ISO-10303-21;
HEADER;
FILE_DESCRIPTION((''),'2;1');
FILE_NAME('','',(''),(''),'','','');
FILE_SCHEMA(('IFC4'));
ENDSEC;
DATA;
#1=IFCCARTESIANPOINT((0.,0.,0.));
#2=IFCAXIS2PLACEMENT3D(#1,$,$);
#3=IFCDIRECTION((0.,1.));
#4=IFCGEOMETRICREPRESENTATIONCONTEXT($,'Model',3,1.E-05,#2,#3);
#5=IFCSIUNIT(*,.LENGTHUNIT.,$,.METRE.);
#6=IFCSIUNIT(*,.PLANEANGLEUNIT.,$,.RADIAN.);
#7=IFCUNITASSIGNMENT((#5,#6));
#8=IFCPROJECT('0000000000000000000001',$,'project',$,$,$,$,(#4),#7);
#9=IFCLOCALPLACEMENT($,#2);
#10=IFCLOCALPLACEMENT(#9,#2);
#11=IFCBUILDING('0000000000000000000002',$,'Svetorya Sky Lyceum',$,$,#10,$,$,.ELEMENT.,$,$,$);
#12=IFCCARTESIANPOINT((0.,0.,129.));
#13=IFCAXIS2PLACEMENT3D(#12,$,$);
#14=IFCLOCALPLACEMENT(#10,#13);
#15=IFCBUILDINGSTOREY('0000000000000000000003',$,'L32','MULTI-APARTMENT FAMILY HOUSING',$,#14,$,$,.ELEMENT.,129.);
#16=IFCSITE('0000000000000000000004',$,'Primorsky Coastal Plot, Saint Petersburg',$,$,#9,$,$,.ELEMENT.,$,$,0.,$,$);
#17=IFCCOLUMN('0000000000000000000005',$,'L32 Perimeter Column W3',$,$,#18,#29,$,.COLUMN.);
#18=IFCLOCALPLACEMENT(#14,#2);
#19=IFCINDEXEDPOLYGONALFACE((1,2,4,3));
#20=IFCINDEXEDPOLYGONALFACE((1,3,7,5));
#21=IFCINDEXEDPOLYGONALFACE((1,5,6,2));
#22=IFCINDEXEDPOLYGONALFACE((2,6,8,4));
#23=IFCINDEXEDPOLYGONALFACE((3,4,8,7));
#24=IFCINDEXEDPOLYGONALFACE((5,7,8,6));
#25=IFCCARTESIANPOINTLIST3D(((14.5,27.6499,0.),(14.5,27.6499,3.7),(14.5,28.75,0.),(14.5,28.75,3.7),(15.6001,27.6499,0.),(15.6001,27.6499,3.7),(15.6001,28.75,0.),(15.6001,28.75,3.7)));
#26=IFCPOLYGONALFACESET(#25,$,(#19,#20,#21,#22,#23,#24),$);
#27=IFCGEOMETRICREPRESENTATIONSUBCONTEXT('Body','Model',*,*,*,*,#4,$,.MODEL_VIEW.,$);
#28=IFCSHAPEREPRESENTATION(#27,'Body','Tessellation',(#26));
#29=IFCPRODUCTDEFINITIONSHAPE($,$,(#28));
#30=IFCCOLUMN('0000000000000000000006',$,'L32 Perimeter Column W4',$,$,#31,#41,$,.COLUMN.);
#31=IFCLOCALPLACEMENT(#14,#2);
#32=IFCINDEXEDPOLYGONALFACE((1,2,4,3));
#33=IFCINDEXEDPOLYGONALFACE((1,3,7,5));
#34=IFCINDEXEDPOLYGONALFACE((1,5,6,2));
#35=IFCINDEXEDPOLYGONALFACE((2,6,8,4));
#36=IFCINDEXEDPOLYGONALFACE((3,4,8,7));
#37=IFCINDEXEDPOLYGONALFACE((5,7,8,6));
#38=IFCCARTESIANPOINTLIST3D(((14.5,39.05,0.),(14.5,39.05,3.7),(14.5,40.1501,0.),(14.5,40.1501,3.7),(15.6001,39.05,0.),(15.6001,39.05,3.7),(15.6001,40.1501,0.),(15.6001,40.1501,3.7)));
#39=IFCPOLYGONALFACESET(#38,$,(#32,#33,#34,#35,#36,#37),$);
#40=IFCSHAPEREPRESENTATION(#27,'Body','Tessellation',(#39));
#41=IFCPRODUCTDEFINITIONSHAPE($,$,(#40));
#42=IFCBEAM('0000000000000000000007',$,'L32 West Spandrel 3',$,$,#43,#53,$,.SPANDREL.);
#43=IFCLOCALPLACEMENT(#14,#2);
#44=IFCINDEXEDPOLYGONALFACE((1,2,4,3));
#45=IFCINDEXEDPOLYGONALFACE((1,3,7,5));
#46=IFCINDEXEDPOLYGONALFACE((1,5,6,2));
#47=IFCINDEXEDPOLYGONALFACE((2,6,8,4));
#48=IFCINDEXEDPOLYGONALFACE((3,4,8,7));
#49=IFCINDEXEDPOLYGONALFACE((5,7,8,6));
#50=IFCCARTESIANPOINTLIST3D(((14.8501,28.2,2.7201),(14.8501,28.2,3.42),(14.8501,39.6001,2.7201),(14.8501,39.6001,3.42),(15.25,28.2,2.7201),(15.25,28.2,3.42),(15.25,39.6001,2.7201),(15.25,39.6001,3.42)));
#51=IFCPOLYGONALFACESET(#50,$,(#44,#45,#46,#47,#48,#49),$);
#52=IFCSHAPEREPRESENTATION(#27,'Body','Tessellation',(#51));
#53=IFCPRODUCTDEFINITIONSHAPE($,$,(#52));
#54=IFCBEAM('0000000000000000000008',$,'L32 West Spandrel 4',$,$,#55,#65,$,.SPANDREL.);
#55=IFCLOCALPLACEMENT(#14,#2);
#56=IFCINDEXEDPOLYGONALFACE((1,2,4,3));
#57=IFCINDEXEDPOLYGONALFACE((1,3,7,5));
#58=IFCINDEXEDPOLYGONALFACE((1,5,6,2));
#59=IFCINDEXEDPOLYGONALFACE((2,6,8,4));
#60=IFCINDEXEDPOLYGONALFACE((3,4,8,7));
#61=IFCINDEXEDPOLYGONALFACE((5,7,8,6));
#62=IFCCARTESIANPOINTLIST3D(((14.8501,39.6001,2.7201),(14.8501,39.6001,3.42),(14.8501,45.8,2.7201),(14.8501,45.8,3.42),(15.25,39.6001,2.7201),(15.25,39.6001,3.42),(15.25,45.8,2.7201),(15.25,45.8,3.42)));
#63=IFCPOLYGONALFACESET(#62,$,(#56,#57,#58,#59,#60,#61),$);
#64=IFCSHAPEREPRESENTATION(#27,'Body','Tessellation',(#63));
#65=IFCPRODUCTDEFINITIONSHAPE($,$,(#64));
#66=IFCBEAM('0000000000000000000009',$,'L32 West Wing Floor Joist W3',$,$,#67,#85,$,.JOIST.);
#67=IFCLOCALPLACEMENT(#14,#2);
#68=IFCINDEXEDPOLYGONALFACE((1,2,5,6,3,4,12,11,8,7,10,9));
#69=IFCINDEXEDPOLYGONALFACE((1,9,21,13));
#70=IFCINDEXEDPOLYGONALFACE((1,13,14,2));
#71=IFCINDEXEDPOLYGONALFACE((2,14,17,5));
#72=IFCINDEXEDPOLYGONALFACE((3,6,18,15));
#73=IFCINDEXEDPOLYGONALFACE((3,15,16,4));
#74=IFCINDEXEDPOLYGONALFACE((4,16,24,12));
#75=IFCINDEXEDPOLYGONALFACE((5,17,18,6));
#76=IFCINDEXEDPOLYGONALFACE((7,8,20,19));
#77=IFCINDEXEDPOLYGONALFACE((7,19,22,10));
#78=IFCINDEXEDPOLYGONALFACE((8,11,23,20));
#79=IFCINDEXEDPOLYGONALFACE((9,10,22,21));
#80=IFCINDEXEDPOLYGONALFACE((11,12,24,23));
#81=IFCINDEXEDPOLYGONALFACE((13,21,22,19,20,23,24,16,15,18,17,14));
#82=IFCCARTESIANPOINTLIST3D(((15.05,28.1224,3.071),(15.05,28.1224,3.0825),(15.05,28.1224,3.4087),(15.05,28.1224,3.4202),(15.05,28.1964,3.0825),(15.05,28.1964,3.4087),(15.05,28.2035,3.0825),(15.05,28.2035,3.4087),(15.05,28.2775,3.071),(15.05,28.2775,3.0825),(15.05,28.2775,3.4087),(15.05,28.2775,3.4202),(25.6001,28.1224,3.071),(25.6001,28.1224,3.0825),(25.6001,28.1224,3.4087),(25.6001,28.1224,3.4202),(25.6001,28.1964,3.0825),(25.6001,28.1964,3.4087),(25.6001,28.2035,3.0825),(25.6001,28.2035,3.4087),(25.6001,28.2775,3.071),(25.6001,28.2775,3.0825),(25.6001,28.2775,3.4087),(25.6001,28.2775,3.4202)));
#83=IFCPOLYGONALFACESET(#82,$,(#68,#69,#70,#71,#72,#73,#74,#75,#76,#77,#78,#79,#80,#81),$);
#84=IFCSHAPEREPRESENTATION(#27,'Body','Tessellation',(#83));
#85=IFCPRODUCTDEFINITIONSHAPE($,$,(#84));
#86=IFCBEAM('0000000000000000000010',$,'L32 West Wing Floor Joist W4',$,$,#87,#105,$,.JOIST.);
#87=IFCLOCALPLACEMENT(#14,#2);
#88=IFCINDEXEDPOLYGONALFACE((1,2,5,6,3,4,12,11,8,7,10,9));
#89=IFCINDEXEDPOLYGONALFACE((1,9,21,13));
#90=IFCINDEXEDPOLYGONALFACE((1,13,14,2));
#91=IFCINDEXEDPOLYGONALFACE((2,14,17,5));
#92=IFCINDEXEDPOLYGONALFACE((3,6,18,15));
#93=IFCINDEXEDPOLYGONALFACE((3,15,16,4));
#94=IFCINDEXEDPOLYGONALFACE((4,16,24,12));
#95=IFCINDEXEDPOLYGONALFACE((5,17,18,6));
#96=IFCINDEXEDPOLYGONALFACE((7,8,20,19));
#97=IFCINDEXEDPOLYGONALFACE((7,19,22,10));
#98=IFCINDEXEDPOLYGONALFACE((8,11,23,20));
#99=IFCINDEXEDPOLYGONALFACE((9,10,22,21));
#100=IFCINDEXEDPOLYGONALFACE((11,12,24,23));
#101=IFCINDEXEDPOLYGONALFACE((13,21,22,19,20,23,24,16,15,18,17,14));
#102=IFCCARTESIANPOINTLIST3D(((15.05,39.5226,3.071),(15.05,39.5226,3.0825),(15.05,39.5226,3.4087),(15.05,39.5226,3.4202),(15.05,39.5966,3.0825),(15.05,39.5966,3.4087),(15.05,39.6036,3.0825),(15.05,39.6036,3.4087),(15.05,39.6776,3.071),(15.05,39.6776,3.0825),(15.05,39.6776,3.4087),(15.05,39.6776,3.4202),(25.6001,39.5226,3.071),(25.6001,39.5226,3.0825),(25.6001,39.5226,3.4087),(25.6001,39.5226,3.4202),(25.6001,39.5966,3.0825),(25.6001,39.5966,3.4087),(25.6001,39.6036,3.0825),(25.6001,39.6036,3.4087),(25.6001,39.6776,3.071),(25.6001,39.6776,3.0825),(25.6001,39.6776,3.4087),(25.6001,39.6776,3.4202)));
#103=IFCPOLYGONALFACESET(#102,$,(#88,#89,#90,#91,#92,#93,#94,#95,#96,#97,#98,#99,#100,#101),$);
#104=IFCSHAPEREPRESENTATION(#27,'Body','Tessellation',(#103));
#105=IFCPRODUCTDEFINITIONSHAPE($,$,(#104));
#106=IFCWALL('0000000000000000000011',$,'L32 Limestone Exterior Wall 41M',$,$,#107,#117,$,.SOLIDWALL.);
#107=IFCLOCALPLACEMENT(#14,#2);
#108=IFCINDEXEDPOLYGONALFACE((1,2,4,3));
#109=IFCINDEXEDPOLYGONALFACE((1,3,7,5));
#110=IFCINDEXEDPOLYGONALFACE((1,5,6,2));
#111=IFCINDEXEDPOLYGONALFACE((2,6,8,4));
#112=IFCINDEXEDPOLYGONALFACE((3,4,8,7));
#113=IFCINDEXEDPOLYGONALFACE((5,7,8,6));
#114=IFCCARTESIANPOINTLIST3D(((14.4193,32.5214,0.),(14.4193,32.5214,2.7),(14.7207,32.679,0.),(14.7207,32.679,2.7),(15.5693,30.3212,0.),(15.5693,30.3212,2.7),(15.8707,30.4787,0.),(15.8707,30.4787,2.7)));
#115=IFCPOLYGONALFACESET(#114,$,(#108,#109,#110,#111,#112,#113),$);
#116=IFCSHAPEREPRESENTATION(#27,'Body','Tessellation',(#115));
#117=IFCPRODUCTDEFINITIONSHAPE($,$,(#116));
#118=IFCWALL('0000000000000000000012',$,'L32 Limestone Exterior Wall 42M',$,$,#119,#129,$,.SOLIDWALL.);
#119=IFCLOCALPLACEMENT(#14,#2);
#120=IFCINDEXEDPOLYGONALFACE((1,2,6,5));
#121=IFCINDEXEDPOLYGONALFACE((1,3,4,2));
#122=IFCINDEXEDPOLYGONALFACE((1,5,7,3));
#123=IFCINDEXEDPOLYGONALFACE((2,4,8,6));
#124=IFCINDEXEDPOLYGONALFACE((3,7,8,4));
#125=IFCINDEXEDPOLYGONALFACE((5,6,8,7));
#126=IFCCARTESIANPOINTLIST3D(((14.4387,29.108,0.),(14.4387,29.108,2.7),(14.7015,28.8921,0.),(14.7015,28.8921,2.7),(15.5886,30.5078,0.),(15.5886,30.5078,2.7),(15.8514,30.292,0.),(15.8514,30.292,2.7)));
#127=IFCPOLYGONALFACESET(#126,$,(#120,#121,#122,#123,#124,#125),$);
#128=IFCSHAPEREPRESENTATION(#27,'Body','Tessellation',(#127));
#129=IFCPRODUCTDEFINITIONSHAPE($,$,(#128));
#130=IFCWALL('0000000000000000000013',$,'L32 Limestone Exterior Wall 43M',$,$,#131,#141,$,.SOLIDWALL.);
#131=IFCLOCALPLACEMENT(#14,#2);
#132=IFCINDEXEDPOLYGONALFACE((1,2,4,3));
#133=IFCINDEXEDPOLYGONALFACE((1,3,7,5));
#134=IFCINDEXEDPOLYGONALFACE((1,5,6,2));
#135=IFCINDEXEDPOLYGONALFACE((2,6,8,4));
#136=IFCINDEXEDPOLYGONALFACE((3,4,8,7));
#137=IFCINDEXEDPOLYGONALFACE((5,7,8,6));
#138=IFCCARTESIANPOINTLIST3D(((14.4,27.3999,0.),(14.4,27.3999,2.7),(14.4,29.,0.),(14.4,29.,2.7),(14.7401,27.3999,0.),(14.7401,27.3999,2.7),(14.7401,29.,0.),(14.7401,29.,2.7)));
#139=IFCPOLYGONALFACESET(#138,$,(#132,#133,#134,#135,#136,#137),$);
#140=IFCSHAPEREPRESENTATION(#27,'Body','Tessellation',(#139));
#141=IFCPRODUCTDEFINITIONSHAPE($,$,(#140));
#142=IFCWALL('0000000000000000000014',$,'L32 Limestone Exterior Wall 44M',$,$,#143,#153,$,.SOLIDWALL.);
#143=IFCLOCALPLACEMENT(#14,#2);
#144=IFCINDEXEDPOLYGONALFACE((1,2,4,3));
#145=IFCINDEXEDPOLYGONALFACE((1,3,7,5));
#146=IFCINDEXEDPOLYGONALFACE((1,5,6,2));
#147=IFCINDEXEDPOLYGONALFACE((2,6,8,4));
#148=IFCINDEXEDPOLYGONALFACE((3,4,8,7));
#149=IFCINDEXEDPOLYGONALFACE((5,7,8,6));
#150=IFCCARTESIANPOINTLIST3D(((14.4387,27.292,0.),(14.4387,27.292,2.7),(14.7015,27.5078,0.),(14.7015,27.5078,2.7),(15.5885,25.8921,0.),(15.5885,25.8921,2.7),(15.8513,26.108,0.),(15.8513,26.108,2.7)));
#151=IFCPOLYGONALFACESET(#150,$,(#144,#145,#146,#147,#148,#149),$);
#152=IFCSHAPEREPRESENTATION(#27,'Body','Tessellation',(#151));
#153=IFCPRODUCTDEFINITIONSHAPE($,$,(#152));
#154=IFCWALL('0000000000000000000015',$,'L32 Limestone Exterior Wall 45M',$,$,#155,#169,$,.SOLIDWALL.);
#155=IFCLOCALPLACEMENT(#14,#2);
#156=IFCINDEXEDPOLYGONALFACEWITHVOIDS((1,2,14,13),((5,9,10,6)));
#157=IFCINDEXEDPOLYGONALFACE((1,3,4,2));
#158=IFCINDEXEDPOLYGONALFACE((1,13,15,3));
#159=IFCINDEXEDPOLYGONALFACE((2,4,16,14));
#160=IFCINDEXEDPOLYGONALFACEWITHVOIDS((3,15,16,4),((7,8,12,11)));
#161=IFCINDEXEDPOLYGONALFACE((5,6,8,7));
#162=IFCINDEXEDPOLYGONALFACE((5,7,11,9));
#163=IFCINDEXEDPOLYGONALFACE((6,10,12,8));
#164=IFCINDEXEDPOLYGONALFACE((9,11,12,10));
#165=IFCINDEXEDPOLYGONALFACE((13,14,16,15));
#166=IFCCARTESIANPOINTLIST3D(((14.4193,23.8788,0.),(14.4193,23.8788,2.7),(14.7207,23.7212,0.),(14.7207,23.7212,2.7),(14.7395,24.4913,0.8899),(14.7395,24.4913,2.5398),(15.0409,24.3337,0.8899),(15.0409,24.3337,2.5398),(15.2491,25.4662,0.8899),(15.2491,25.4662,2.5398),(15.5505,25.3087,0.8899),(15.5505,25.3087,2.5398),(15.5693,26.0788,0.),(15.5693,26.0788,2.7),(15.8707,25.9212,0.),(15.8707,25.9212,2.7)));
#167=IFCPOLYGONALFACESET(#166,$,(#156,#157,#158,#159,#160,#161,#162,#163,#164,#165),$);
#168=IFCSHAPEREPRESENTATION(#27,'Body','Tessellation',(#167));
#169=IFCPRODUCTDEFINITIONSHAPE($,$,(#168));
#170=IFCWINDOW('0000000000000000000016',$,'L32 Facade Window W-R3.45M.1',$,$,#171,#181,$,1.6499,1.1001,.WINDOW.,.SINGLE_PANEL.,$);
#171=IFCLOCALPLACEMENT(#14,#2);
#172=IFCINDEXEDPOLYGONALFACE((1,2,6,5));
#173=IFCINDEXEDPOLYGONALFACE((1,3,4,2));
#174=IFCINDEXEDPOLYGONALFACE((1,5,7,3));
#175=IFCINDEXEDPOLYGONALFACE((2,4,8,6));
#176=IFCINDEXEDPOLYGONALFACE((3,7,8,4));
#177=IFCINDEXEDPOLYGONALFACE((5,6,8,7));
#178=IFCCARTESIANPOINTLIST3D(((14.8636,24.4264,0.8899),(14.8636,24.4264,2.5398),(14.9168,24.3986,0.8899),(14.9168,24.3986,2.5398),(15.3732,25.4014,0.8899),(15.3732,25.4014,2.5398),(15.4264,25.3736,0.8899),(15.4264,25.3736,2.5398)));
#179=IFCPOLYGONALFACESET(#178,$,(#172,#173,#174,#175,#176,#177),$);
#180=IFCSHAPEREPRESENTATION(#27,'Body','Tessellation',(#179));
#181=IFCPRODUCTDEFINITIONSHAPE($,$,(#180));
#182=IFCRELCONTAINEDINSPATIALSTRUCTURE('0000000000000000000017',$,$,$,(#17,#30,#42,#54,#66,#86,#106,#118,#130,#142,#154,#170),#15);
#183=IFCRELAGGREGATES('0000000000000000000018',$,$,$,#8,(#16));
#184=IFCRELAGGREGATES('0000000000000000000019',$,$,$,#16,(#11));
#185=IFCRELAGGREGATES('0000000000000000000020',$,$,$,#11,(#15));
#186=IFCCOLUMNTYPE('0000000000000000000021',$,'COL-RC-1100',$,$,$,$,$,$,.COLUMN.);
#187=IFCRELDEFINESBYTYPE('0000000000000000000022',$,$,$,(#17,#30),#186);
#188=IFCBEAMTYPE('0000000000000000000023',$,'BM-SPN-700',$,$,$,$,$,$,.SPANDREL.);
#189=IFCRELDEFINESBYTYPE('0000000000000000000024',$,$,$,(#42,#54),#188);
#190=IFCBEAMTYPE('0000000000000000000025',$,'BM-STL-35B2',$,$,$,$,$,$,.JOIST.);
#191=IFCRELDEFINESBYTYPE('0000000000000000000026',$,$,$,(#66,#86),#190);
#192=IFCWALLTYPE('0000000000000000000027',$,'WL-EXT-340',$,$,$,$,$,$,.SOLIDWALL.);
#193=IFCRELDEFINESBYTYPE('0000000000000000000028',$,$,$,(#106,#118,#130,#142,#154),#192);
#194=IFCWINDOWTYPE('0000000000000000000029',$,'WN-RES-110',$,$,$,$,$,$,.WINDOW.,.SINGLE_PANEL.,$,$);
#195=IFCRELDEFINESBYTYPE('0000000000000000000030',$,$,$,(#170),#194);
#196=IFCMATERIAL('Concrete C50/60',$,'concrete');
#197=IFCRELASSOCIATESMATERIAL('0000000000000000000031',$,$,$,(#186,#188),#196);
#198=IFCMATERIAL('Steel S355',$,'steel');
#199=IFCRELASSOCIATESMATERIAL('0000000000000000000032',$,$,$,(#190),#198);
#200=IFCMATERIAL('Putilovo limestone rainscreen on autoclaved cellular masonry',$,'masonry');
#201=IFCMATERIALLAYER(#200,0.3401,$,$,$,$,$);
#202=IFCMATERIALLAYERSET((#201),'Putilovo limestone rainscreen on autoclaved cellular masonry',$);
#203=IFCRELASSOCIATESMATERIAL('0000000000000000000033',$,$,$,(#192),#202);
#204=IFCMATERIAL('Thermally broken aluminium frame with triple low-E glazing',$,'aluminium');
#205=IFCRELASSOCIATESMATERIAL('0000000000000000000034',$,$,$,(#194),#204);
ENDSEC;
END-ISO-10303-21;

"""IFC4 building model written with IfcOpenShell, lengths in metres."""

from ifc_helpers import new_model, si_unit, direction, frame, frame_2d, origin, origin_2d, place, context, subcontext, project, spatial, rectangle, i_section, extrude, material, layer, layer_set, material_profile, profile_set, type_object, element, fill, save


model = new_model("IFC4")

# Units and contexts
model_context = context("Model", 3, precision=1e-05, world=origin(), true_north=direction((0.0, 1.0)))
body_context = subcontext(model_context, "Body", "Model", "MODEL_VIEW")
ifc_project = project(units=[si_unit("LENGTHUNIT", "METRE"), si_unit("PLANEANGLEUNIT", "RADIAN")], contexts=[model_context])

# Site, building, storey
site_placement = place(None, origin())
site = spatial("IfcSite", under=ifc_project, at=site_placement, Name="Primorsky Coastal Plot, Saint Petersburg", CompositionType="ELEMENT", RefElevation=0.0)
building_placement = place(site_placement, origin())
building = spatial("IfcBuilding", under=site, at=building_placement, Name="Svetorya Sky Lyceum", CompositionType="ELEMENT")
storey_placement = place(building_placement, frame((0.0, 0.0, 129.0)))
storey = spatial("IfcBuildingStorey", under=building, at=storey_placement, Name="L32", Description="MULTI-APARTMENT FAMILY HOUSING", CompositionType="ELEMENT", Elevation=129.0)

# Columns
ifc_material_1 = material(Name="Concrete C50/60", Category="concrete")
ifc_material_profile_1 = material_profile(ifc_material_1, rectangle(XDim=1.1001, YDim=1.1001, at=origin_2d()), Name="RC COL 1100x1100")
ifc_profile_set_1 = profile_set([ifc_material_profile_1], Name="Concrete C50/60")
column_type = type_object("IfcColumnType", Name="COL-RC-1100", PredefinedType="COLUMN", material=ifc_profile_set_1)
for number, where, z_axis, x_axis, name in (
    (1, (15.05, 28.2, 0.0), (0.0, 0.0, 1.0), (1.0, 0.0, 0.0), "L32 Perimeter Column W3"),
    (2, (15.05, 39.6001, 0.0), (0.0, 0.0, 1.0), (1.0, 0.0, 0.0), "L32 Perimeter Column W4"),
):
    element("IfcColumn", number, at=place(storey_placement, frame(where, z_axis=z_axis, x_axis=x_axis)), inside=storey, type_object=column_type, Name=name, PredefinedType="COLUMN", context=body_context, shape_type="SweptSolid", body=[
        extrude(rectangle(XDim=1.1001, YDim=1.1001, at=origin_2d()), origin(), (0.0, 0.0, 1.0), 3.7),
    ])

# Beams
ifc_material_profile_2 = material_profile(ifc_material_1, rectangle(XDim=0.3999, YDim=0.7, at=origin_2d()), Name="RC SPANDREL 400x700")
ifc_profile_set_2 = profile_set([ifc_material_profile_2], Name="Concrete C50/60")
beam_type_1 = type_object("IfcBeamType", Name="BM-SPN-700", PredefinedType="SPANDREL", material=ifc_profile_set_2)
beam_1_placement = place(storey_placement, frame((15.05, 28.2, 3.0701), z_axis=(0.0, 1.0, 0.0), x_axis=(-1.0, 0.0, 0.0)))
element("IfcBeam", 3, at=beam_1_placement, inside=storey, type_object=beam_type_1, Name="L32 West Spandrel 3", PredefinedType="SPANDREL", context=body_context, shape_type="SweptSolid", body=[
    extrude(rectangle(XDim=0.3999, YDim=0.7, at=origin_2d()), origin(), (0.0, 0.0, 1.0), 11.4001),
])
beam_2_placement = place(storey_placement, frame((15.05, 39.6001, 3.0701), z_axis=(0.0, 1.0, 0.0), x_axis=(-1.0, 0.0, 0.0)))
element("IfcBeam", 4, at=beam_2_placement, inside=storey, type_object=beam_type_1, Name="L32 West Spandrel 4", PredefinedType="SPANDREL", context=body_context, shape_type="SweptSolid", body=[
    extrude(rectangle(XDim=0.3999, YDim=0.7, at=origin_2d()), origin(), (0.0, 0.0, 1.0), 6.2),
])
ifc_material_2 = material(Name="Steel S355", Category="steel")
ifc_material_profile_3 = material_profile(ifc_material_2, i_section(OverallWidth=0.155, OverallDepth=0.3491, WebThickness=0.0071, FlangeThickness=0.0115, at=origin_2d()), Name="GOST 35B2")
ifc_profile_set_3 = profile_set([ifc_material_profile_3], Name="Steel S355")
beam_type_2 = type_object("IfcBeamType", Name="BM-STL-35B2", PredefinedType="JOIST", material=ifc_profile_set_3)
for number, where, z_axis, x_axis, name in (
    (5, (15.05, 28.2, 3.2456), (1.0, 0.0, 0.0), (0.0, 1.0, 0.0), "L32 West Wing Floor Joist W3"),
    (6, (15.05, 39.6001, 3.2456), (1.0, 0.0, 0.0), (0.0, 1.0, 0.0), "L32 West Wing Floor Joist W4"),
):
    element("IfcBeam", number, at=place(storey_placement, frame(where, z_axis=z_axis, x_axis=x_axis)), inside=storey, type_object=beam_type_2, Name=name, PredefinedType="JOIST", context=body_context, shape_type="SweptSolid", body=[
        extrude(i_section(OverallWidth=0.155, OverallDepth=0.3491, WebThickness=0.0071, FlangeThickness=0.0115, at=origin_2d()), origin(), (0.0, 0.0, 1.0), 10.55),
    ])

# Walls
ifc_material_3 = material(Name="Putilovo limestone rainscreen on autoclaved cellular masonry", Category="masonry")
ifc_layer_1 = layer(ifc_material_3, 0.3401)
ifc_layer_set_1 = layer_set([ifc_layer_1], Name="Putilovo limestone rainscreen on autoclaved cellular masonry")
wall_type_1 = type_object("IfcWallType", Name="WL-EXT-340", PredefinedType="SOLIDWALL", material=ifc_layer_set_1)
wall_1_placement = place(storey_placement, frame((14.5701, 32.6001, 0.0), z_axis=(0.0, 0.0, 1.0), x_axis=(0.463191, -0.886258, 0.0)))
element("IfcWall", 7, at=wall_1_placement, inside=storey, type_object=wall_type_1, Name="L32 Limestone Exterior Wall 41M", PredefinedType="SOLIDWALL", context=body_context, shape_type="SweptSolid", body=[
    extrude(rectangle(XDim=2.4827, YDim=0.3401, at=frame_2d((1.2412, 0.0))), origin(), (0.0, 0.0, 1.0), 2.7),
])
wall_2_placement = place(storey_placement, frame((15.72, 30.3999, 0.0), z_axis=(0.0, 0.0, 1.0), x_axis=(-0.634734, -0.772731, 0.0)))
element("IfcWall", 8, at=wall_2_placement, inside=storey, type_object=wall_type_1, Name="L32 Limestone Exterior Wall 42M", PredefinedType="SOLIDWALL", context=body_context, shape_type="SweptSolid", body=[
    extrude(rectangle(XDim=1.8115, YDim=0.3401, at=frame_2d((0.9058, 0.0))), origin(), (0.0, 0.0, 1.0), 2.7),
])
wall_3_placement = place(storey_placement, frame((14.5701, 29.0, 0.0), z_axis=(0.0, 0.0, 1.0), x_axis=(0.0, -1.0, 0.0)))
element("IfcWall", 9, at=wall_3_placement, inside=storey, type_object=wall_type_1, Name="L32 Limestone Exterior Wall 43M", PredefinedType="SOLIDWALL", context=body_context, shape_type="SweptSolid", body=[
    extrude(rectangle(XDim=1.6001, YDim=0.3401, at=frame_2d((0.8, 0.0))), origin(), (0.0, 0.0, 1.0), 2.7),
])
wall_4_placement = place(storey_placement, frame((14.5701, 27.3999, 0.0), z_axis=(0.0, 0.0, 1.0), x_axis=(0.634734, -0.772731, 0.0)))
element("IfcWall", 10, at=wall_4_placement, inside=storey, type_object=wall_type_1, Name="L32 Limestone Exterior Wall 44M", PredefinedType="SOLIDWALL", context=body_context, shape_type="SweptSolid", body=[
    extrude(rectangle(XDim=1.8115, YDim=0.3401, at=frame_2d((0.9058, 0.0))), origin(), (0.0, 0.0, 1.0), 2.7),
])

# Wall, opening, window
wall_5_placement = place(storey_placement, frame((15.72, 26.0, 0.0), z_axis=(0.0, 0.0, 1.0), x_axis=(-0.463231, -0.886237, 0.0)))
wall_5 = element("IfcWall", 11, at=wall_5_placement, inside=storey, type_object=wall_type_1, Name="L32 Limestone Exterior Wall 45M", PredefinedType="SOLIDWALL", context=body_context, shape_type="SweptSolid", body=[
    extrude(rectangle(XDim=2.4824, YDim=0.3401, at=frame_2d((1.2412, 0.0))), origin(), (0.0, 0.0, 1.0), 2.7),
])
opening_1_placement = place(wall_5_placement, frame((0.6912, 0.0, 0.8899)))
opening_1 = element("IfcOpeningElement", 12, at=opening_1_placement, cuts=wall_5, PredefinedType="OPENING", context=body_context, shape_type="SweptSolid", body=[
    extrude(rectangle(XDim=1.1001, YDim=1.6499, at=frame_2d((0.55, 0.825))), frame((0.0, 0.1799, 0.0), z_axis=(0.0, -1.0, 0.0), x_axis=(1.0, 0.0, 0.0)), (0.0, 0.0, 1.0), 0.3601),
])
ifc_material_4 = material(Name="Thermally broken aluminium frame with triple low-E glazing", Category="aluminium")
window_type_1 = type_object("IfcWindowType", Name="WN-RES-110", PartitioningType="SINGLE_PANEL", PredefinedType="WINDOW", material=ifc_material_4)
window_1_placement = place(opening_1_placement, origin())
window_1 = element("IfcWindow", 13, at=window_1_placement, inside=storey, type_object=window_type_1, Name="L32 Facade Window W-R3.45M.1", OverallHeight=1.6499, OverallWidth=1.1001, PartitioningType="SINGLE_PANEL", PredefinedType="WINDOW", context=body_context, shape_type="SweptSolid", body=[
    extrude(rectangle(XDim=1.1001, YDim=1.6499, at=frame_2d((0.55, 0.825))), frame((0.0, 0.03, 0.0), z_axis=(0.0, -1.0, 0.0), x_axis=(1.0, 0.0, 0.0)), (0.0, 0.0, 1.0), 0.0601),
])
fill(opening_1, window_1)

save(model, "model.ifc")
